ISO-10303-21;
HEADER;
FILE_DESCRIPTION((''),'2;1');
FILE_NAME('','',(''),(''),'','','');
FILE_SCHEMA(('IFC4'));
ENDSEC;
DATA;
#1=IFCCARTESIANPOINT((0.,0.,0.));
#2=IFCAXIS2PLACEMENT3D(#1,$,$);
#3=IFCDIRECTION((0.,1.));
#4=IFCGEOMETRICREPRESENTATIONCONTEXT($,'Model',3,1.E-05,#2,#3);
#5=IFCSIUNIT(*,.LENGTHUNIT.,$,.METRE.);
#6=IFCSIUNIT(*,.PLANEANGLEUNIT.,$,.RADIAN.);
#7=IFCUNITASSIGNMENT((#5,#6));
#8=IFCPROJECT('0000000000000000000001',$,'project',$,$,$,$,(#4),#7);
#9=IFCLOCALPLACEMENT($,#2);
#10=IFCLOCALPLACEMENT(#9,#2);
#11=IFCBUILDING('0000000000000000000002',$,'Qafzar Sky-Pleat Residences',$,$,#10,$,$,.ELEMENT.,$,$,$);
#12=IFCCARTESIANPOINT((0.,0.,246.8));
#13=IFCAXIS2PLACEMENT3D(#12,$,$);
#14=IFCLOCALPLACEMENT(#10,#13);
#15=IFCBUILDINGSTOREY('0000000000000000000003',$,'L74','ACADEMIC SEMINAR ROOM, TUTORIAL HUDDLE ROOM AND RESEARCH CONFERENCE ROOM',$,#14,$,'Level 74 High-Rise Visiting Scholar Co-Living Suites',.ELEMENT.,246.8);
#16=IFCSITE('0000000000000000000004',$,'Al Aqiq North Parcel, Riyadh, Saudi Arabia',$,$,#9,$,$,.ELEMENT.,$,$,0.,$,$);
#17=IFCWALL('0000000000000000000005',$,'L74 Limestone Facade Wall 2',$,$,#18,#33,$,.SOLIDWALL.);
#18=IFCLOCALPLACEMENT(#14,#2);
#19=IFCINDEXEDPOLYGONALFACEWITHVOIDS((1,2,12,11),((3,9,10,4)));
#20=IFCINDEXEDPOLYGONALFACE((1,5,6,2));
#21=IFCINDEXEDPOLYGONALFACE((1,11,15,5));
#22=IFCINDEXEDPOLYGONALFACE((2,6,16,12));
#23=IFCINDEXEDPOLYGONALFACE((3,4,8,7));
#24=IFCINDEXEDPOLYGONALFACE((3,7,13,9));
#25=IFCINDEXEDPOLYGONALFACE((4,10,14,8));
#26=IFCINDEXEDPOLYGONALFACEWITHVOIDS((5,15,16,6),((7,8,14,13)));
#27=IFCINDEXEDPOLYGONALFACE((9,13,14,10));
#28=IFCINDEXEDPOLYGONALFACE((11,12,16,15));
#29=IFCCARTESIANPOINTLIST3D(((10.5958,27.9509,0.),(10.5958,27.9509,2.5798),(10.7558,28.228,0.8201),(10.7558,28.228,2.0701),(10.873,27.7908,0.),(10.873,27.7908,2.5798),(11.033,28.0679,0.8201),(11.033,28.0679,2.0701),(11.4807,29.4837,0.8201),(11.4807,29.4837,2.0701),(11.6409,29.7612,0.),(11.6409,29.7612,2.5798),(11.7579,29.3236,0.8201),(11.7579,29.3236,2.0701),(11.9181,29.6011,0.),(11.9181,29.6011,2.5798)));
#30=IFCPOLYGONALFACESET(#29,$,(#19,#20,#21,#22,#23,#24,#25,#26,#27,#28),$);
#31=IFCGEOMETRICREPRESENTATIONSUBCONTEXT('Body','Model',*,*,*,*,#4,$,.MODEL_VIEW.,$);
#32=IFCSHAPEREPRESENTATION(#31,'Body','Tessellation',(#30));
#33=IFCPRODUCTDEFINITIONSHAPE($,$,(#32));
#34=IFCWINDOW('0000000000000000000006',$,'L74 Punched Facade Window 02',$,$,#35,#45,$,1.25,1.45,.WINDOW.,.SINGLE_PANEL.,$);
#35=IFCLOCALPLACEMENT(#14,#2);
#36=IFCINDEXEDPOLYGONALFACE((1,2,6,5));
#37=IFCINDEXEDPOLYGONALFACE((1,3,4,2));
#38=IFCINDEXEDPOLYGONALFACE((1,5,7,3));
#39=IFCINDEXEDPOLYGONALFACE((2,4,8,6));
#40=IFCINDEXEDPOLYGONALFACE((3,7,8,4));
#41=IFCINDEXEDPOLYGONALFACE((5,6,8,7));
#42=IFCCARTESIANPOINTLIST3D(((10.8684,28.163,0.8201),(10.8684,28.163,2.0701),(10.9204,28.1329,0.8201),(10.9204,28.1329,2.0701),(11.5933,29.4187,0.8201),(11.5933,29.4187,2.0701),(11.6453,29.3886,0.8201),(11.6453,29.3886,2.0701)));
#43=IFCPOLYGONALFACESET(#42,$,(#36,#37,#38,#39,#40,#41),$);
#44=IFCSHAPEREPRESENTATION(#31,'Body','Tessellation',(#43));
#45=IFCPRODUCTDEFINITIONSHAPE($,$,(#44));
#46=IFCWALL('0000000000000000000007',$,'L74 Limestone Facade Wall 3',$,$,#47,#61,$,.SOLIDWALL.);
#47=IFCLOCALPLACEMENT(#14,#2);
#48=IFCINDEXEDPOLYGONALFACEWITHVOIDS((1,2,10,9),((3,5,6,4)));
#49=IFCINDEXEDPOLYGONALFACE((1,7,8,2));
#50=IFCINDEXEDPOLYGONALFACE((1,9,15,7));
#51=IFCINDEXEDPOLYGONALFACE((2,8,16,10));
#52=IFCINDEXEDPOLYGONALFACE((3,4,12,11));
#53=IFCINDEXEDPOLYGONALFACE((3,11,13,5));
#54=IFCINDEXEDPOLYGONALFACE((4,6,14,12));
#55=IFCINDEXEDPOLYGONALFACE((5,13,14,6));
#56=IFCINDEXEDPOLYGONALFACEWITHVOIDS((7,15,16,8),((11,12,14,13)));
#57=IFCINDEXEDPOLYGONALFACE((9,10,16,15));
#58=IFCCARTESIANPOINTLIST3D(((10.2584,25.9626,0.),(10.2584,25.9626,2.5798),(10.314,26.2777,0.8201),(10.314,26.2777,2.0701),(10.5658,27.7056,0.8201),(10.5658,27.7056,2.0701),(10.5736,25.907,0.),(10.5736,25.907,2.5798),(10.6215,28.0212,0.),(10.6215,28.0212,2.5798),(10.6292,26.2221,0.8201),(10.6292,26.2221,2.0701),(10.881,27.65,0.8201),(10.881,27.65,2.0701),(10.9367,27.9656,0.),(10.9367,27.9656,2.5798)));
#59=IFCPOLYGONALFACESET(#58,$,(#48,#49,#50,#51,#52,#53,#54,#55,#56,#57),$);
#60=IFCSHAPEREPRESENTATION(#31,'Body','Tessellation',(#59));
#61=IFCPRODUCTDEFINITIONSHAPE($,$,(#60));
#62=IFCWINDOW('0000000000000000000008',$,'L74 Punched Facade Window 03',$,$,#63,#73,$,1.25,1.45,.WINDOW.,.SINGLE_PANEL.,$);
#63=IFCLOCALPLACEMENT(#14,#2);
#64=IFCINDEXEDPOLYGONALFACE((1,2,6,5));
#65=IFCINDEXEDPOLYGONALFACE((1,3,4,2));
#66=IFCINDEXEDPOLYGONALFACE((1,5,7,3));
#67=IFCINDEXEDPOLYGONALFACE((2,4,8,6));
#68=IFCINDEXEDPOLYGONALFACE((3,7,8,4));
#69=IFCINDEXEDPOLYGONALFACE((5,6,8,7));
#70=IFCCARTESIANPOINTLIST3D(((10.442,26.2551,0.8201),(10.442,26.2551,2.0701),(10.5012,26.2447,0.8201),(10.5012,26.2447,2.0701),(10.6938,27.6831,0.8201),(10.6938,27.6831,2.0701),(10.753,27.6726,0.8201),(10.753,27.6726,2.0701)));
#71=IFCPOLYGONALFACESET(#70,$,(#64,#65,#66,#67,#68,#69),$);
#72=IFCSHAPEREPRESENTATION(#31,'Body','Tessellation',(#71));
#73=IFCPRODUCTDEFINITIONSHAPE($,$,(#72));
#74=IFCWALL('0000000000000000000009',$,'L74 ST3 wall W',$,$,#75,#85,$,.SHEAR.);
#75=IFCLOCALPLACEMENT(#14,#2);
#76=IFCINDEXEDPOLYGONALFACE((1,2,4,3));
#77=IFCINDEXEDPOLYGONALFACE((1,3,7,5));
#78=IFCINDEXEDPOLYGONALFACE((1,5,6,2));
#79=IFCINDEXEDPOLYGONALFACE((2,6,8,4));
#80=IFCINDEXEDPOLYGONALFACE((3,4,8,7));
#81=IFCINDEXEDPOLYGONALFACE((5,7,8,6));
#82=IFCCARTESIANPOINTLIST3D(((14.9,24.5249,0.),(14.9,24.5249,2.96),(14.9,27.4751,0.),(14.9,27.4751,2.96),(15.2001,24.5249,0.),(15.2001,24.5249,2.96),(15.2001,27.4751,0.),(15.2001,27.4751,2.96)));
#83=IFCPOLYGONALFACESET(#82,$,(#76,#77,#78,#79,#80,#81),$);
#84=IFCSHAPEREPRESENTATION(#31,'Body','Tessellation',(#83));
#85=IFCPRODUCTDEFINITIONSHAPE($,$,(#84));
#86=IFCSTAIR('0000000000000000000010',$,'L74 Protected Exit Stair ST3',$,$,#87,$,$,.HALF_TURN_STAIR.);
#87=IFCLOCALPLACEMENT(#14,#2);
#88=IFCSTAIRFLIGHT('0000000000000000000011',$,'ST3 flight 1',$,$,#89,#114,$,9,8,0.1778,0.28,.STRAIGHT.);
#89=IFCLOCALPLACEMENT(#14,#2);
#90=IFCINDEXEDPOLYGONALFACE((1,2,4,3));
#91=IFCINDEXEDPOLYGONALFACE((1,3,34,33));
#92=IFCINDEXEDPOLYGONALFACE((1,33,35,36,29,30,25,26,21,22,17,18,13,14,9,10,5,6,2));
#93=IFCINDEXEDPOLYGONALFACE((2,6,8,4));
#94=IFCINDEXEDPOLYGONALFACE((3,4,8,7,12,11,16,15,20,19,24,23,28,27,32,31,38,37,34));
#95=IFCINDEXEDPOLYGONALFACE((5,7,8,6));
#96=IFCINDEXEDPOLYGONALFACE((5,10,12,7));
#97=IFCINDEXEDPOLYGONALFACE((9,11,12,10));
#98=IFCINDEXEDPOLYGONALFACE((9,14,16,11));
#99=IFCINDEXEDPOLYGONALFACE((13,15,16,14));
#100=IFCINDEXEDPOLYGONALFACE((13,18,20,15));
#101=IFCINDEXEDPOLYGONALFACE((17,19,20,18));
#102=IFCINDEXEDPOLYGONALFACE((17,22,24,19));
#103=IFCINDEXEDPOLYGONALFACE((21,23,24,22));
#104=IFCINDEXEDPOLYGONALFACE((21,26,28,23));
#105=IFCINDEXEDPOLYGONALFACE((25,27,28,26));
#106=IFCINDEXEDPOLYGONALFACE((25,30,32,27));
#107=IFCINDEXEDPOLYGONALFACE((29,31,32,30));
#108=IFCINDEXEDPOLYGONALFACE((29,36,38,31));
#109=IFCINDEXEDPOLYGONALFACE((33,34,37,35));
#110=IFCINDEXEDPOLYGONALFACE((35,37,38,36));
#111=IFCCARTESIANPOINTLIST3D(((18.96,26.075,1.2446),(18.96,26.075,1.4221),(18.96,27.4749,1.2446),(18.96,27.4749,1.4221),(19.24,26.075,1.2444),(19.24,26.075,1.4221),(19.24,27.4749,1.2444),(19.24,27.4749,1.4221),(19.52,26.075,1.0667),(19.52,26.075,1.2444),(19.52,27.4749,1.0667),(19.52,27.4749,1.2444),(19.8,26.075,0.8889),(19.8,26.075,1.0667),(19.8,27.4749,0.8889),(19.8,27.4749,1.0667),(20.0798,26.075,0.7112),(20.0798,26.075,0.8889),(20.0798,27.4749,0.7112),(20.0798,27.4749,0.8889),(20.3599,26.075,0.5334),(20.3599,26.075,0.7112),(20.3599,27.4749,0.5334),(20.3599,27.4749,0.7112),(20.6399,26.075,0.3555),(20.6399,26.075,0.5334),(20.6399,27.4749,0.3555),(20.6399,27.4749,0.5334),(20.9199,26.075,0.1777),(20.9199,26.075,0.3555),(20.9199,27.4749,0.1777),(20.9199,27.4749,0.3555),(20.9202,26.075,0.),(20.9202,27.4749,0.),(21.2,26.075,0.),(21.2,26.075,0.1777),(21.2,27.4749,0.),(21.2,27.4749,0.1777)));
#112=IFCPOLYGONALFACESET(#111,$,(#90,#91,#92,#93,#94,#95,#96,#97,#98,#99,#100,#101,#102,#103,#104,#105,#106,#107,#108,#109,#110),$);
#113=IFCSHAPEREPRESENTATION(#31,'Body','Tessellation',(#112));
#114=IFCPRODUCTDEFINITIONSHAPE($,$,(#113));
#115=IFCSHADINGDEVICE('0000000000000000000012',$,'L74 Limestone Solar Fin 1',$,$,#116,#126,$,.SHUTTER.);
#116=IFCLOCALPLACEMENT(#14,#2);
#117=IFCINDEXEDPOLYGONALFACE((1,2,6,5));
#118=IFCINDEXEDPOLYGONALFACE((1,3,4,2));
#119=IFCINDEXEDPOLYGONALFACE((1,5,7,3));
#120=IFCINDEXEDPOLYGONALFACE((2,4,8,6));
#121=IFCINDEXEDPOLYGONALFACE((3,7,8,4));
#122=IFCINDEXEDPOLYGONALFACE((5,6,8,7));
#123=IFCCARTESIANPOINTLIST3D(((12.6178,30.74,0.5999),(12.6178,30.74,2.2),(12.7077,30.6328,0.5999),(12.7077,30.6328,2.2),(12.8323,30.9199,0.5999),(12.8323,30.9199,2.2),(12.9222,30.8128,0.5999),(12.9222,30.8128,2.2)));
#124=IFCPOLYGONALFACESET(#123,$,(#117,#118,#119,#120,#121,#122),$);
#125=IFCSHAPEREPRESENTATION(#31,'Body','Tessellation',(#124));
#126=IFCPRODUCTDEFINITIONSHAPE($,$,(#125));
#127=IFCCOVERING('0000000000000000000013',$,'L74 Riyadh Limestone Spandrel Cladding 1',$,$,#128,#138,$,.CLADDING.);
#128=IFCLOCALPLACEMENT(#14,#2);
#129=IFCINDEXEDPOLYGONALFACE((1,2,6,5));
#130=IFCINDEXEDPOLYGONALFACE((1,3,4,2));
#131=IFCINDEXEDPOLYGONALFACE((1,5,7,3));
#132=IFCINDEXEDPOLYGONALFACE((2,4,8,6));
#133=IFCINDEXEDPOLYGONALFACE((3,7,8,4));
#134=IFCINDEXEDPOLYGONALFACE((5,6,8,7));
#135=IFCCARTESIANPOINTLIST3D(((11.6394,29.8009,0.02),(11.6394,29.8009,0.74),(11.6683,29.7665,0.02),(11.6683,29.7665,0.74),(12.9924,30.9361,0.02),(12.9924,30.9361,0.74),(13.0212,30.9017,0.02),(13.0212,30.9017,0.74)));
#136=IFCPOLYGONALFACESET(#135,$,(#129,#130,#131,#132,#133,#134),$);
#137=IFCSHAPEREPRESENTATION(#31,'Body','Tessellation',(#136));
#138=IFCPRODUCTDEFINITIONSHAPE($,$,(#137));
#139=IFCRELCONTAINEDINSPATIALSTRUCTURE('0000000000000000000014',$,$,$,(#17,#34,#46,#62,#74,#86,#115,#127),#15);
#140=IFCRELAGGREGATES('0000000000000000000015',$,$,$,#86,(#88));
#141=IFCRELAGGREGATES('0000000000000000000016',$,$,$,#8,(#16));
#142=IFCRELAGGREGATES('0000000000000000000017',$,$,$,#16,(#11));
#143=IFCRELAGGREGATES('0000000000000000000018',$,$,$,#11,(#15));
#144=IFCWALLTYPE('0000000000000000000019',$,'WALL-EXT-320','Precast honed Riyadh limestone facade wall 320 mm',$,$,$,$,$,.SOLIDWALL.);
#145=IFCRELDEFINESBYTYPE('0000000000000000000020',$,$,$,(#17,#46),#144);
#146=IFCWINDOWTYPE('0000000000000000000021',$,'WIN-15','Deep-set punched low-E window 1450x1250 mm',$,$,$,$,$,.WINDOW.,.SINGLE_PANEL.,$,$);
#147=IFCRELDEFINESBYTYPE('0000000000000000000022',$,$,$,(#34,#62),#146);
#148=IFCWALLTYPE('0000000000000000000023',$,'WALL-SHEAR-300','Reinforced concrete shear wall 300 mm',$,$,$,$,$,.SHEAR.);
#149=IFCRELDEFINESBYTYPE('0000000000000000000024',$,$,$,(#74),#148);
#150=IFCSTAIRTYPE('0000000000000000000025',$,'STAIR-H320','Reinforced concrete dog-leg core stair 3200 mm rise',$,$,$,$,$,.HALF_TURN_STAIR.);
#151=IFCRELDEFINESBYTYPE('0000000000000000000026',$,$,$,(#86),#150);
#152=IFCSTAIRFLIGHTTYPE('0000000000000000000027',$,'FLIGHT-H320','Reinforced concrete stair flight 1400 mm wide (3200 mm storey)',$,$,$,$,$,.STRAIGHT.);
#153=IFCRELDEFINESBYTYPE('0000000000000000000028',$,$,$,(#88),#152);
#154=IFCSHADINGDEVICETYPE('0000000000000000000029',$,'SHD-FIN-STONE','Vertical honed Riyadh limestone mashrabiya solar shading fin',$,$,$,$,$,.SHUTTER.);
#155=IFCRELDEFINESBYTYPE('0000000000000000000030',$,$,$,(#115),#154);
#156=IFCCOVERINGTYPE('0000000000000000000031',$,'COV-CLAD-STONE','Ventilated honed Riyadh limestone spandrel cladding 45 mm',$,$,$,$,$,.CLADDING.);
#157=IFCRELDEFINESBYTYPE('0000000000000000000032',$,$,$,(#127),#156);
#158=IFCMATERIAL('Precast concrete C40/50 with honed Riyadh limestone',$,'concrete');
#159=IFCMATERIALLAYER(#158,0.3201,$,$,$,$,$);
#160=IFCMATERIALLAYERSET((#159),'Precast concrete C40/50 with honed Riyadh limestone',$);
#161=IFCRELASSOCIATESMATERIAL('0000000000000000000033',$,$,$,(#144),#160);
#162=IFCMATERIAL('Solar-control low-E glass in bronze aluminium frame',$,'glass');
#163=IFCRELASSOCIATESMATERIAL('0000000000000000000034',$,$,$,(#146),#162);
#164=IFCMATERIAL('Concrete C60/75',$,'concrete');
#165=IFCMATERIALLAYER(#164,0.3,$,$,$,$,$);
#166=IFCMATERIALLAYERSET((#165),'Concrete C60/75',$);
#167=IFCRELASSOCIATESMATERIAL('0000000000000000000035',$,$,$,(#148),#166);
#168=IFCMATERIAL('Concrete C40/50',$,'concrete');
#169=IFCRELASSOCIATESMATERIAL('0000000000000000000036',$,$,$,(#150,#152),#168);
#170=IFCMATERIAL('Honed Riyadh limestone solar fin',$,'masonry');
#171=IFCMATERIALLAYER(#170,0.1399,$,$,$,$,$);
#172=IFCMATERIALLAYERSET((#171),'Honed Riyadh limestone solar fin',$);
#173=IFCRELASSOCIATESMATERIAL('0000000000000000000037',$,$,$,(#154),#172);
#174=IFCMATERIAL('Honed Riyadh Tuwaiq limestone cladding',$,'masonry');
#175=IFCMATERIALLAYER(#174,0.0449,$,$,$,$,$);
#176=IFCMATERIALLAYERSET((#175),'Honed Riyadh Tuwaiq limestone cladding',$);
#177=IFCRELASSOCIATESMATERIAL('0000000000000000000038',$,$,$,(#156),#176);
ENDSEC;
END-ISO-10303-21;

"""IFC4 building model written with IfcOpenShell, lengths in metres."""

from ifc_helpers import new_model, si_unit, direction, frame, frame_2d, origin, origin_2d, place, context, subcontext, project, spatial, polyline, rectangle, outline, extrude, source, transform, mapped, material, layer, layer_set, type_object, element, fill, aggregate, save


model = new_model("IFC4")

# Units and contexts
model_context = context("Model", 3, precision=1e-05, world=origin(), true_north=direction((0.0, 1.0)))
body_context = subcontext(model_context, "Body", "Model", "MODEL_VIEW")
ifc_project = project(units=[si_unit("LENGTHUNIT", "METRE"), si_unit("PLANEANGLEUNIT", "RADIAN")], contexts=[model_context])

# Site, building, storey
site_placement = place(None, origin())
site = spatial("IfcSite", under=ifc_project, at=site_placement, Name="Al Aqiq North Parcel, Riyadh, Saudi Arabia", CompositionType="ELEMENT", RefElevation=0.0)
building_placement = place(site_placement, origin())
building = spatial("IfcBuilding", under=site, at=building_placement, Name="Qafzar Sky-Pleat Residences", CompositionType="ELEMENT")
storey_placement = place(building_placement, frame((0.0, 0.0, 246.8)))
storey = spatial("IfcBuildingStorey", under=building, at=storey_placement, Name="L74", Description="ACADEMIC SEMINAR ROOM, TUTORIAL HUDDLE ROOM AND RESEARCH CONFERENCE ROOM", LongName="Level 74 High-Rise Visiting Scholar Co-Living Suites", CompositionType="ELEMENT", Elevation=246.8)

# Walls, openings, windows
ifc_material_1 = material(Name="Precast concrete C40/50 with honed Riyadh limestone", Category="concrete")
ifc_layer_1 = layer(ifc_material_1, 0.3201)
ifc_layer_set_1 = layer_set([ifc_layer_1], Name="Precast concrete C40/50 with honed Riyadh limestone")
wall_type_1 = type_object("IfcWallType", Name="WALL-EXT-320", Description="Precast honed Riyadh limestone facade wall 320 mm", PredefinedType="SOLIDWALL", material=ifc_layer_set_1)
ifc_material_2 = material(Name="Solar-control low-E glass in bronze aluminium frame", Category="glass")
wall_1_placement = place(storey_placement, frame((11.7795, 29.6812, 0.0), z_axis=(0.0, 0.0, 1.0), x_axis=(-0.499995, -0.866028, 0.0)))
wall_1 = element("IfcWall", 1, at=wall_1_placement, inside=storey, type_object=wall_type_1, Name="L74 Limestone Facade Wall 2", PredefinedType="SOLIDWALL", context=body_context, shape_type="SweptSolid", body=[
    extrude(rectangle(XDim=2.0903, YDim=0.3201, at=frame_2d((1.0452, 0.0))), origin(), (0.0, 0.0, 1.0), 2.5798),
])
opening_1_placement = place(wall_1_placement, frame((0.3203, 0.0, 0.8201)))
opening_1 = element("IfcOpeningElement", 2, at=opening_1_placement, cuts=wall_1, PredefinedType="OPENING", context=body_context, shape_type="SweptSolid", body=[
    extrude(rectangle(XDim=1.45, YDim=1.25, at=frame_2d((0.7251, 0.625))), frame((0.0, 0.1699, 0.0), z_axis=(0.0, -1.0, 0.0), x_axis=(1.0, 0.0, 0.0)), (0.0, 0.0, 1.0), 0.3401),
])
window_type_1 = type_object("IfcWindowType", Name="WIN-15", Description="Deep-set punched low-E window 1450x1250 mm", PartitioningType="SINGLE_PANEL", PredefinedType="WINDOW", material=ifc_material_2)
shared_shape_1 = source(origin(), body_context, "Body", "SweptSolid", [
    extrude(rectangle(XDim=1.45, YDim=1.25, at=frame_2d((0.7251, 0.625))), frame((0.0, 0.03, 0.0), z_axis=(0.0, -1.0, 0.0), x_axis=(1.0, 0.0, 0.0)), (0.0, 0.0, 1.0), 0.0601),
])
window_1_placement = place(opening_1_placement, origin())
window_1 = element("IfcWindow", 3, at=window_1_placement, inside=storey, type_object=window_type_1, Name="L74 Punched Facade Window 02", OverallHeight=1.25, OverallWidth=1.45, PartitioningType="SINGLE_PANEL", PredefinedType="WINDOW", context=body_context, shape_type="MappedRepresentation", body=[
    mapped(shared_shape_1, transform((0.0, 0.0, 0.0), x_axis=(1.0, 0.0, 0.0), y_axis=(0.0, 1.0, 0.0), z_axis=(0.0, 0.0, 1.0), scale=1.0)),
])
fill(opening_1, window_1)
wall_2_placement = place(storey_placement, frame((10.7791, 27.9934, 0.0), z_axis=(0.0, 0.0, 1.0), x_axis=(-0.173672, -0.984804, 0.0)))
wall_2 = element("IfcWall", 4, at=wall_2_placement, inside=storey, type_object=wall_type_1, Name="L74 Limestone Facade Wall 3", PredefinedType="SOLIDWALL", context=body_context, shape_type="SweptSolid", body=[
    extrude(rectangle(XDim=2.0903, YDim=0.3201, at=frame_2d((1.0452, 0.0))), origin(), (0.0, 0.0, 1.0), 2.5798),
])
opening_2_placement = place(wall_2_placement, frame((0.3203, 0.0, 0.8201)))
opening_2 = element("IfcOpeningElement", 5, at=opening_2_placement, cuts=wall_2, PredefinedType="OPENING", context=body_context, shape_type="SweptSolid", body=[
    extrude(rectangle(XDim=1.45, YDim=1.25, at=frame_2d((0.7251, 0.625))), frame((0.0, 0.1699, 0.0), z_axis=(0.0, -1.0, 0.0), x_axis=(1.0, 0.0, 0.0)), (0.0, 0.0, 1.0), 0.3401),
])
window_2_placement = place(opening_2_placement, origin())
window_2 = element("IfcWindow", 6, at=window_2_placement, inside=storey, type_object=window_type_1, Name="L74 Punched Facade Window 03", OverallHeight=1.25, OverallWidth=1.45, PartitioningType="SINGLE_PANEL", PredefinedType="WINDOW", context=body_context, shape_type="MappedRepresentation", body=[
    mapped(shared_shape_1, transform((0.0, 0.0, 0.0), x_axis=(1.0, 0.0, 0.0), y_axis=(0.0, 1.0, 0.0), z_axis=(0.0, 0.0, 1.0), scale=1.0)),
])
fill(opening_2, window_2)

# Wall
ifc_material_3 = material(Name="Concrete C60/75", Category="concrete")
ifc_layer_2 = layer(ifc_material_3, 0.3)
ifc_layer_set_2 = layer_set([ifc_layer_2], Name="Concrete C60/75")
wall_type_2 = type_object("IfcWallType", Name="WALL-SHEAR-300", Description="Reinforced concrete shear wall 300 mm", PredefinedType="SHEAR", material=ifc_layer_set_2)
wall_3_placement = place(storey_placement, frame((15.05, 27.4751, 0.0), z_axis=(0.0, 0.0, 1.0), x_axis=(0.0, -1.0, 0.0)))
element("IfcWall", 7, at=wall_3_placement, inside=storey, type_object=wall_type_2, Name="L74 ST3 wall W", PredefinedType="SHEAR", context=body_context, shape_type="SweptSolid", body=[
    extrude(rectangle(XDim=2.9502, YDim=0.3, at=frame_2d((1.4751, 0.0))), origin(), (0.0, 0.0, 1.0), 2.96),
])

# Stair, stair flight
ifc_material_4 = material(Name="Concrete C40/50", Category="concrete")
stair_type = type_object("IfcStairType", Name="STAIR-H320", Description="Reinforced concrete dog-leg core stair 3200 mm rise", PredefinedType="HALF_TURN_STAIR", material=ifc_material_4)
stair_placement = place(storey_placement, origin())
stair = element("IfcStair", 8, at=stair_placement, inside=storey, type_object=stair_type, Name="L74 Protected Exit Stair ST3", PredefinedType="HALF_TURN_STAIR")
stair_flight_type = type_object("IfcStairFlightType", Name="FLIGHT-H320", Description="Reinforced concrete stair flight 1400 mm wide (3200 mm storey)", PredefinedType="STRAIGHT", material=ifc_material_4)
shared_shape_2 = source(origin(), body_context, "Body", "SweptSolid", [
    extrude(outline(polyline([(0.0, 0.0), (0.0, 0.1777), (0.28, 0.1777), (0.28, 0.3555), (0.5601, 0.3555), (0.5601, 0.5334), (0.8401, 0.5334), (0.8401, 0.7112), (1.1201, 0.7112), (1.1201, 0.8889), (1.3999, 0.8889), (1.3999, 1.0667), (1.6799, 1.0667), (1.6799, 1.2444), (1.96, 1.2444), (1.96, 1.4221), (2.24, 1.4221), (2.24, 1.6001), (2.24, 1.2446), (0.2798, 0.0), (0.0, 0.0)])), frame((0.0, 0.7, 0.0), z_axis=(0.0, -1.0, 0.0), x_axis=(1.0, 0.0, 0.0)), (0.0, 0.0, 1.0), 1.3999),
])
stair_flight_placement = place(storey_placement, frame((21.2, 26.7749, 0.0), z_axis=(0.0, 0.0, 1.0), x_axis=(-1.0, 0.0, 0.0)))
stair_flight = element("IfcStairFlight", 9, at=stair_flight_placement, type_object=stair_flight_type, Name="ST3 flight 1", NumberOfRisers=9, NumberOfTreads=8, PredefinedType="STRAIGHT", RiserHeight=0.1778, TreadLength=0.28, context=body_context, shape_type="MappedRepresentation", body=[
    mapped(shared_shape_2, transform((0.0, 0.0, 0.0), x_axis=(1.0, 0.0, 0.0), y_axis=(0.0, 1.0, 0.0), z_axis=(0.0, 0.0, 1.0), scale=1.0)),
])
aggregate(stair, [stair_flight])

# Shading device
ifc_material_5 = material(Name="Honed Riyadh limestone solar fin", Category="masonry")
ifc_layer_3 = layer(ifc_material_5, 0.1399)
ifc_layer_set_3 = layer_set([ifc_layer_3], Name="Honed Riyadh limestone solar fin")
shading_device_type = type_object("IfcShadingDeviceType", Name="SHD-FIN-STONE", Description="Vertical honed Riyadh limestone mashrabiya solar shading fin", PredefinedType="SHUTTER", material=ifc_layer_set_3)
shared_shape_3 = source(origin(), body_context, "Body", "SweptSolid", [
    extrude(rectangle(XDim=0.1399, YDim=0.28, at=origin_2d()), origin(), (0.0, 0.0, 1.0), 1.6001),
])
shading_device_placement = place(storey_placement, frame((12.77, 30.7764, 0.5999), z_axis=(0.0, 0.0, 1.0), x_axis=(-0.642754, 0.766072, 0.0)))
element("IfcShadingDevice", 10, at=shading_device_placement, inside=storey, type_object=shading_device_type, Name="L74 Limestone Solar Fin 1", PredefinedType="SHUTTER", context=body_context, shape_type="MappedRepresentation", body=[
    mapped(shared_shape_3, transform((0.0, 0.0, 0.0), x_axis=(1.0, 0.0, 0.0), y_axis=(0.0, 1.0, 0.0), z_axis=(0.0, 0.0, 1.0), scale=1.0)),
])

# Covering
ifc_material_6 = material(Name="Honed Riyadh Tuwaiq limestone cladding", Category="masonry")
ifc_layer_4 = layer(ifc_material_6, 0.0449)
ifc_layer_set_4 = layer_set([ifc_layer_4], Name="Honed Riyadh Tuwaiq limestone cladding")
covering_type = type_object("IfcCoveringType", Name="COV-CLAD-STONE", Description="Ventilated honed Riyadh limestone spandrel cladding 45 mm", PredefinedType="CLADDING", material=ifc_layer_set_4)
shared_shape_4 = source(origin(), body_context, "Body", "SweptSolid", [
    extrude(rectangle(XDim=1.7661, YDim=0.0449, at=origin_2d()), origin(), (0.0, 0.0, 1.0), 0.72),
])
covering_placement = place(storey_placement, frame((12.3303, 30.3513, 0.02), z_axis=(0.0, 0.0, 1.0), x_axis=(-0.766074, -0.642752, 0.0)))
element("IfcCovering", 11, at=covering_placement, inside=storey, type_object=covering_type, Name="L74 Riyadh Limestone Spandrel Cladding 1", PredefinedType="CLADDING", context=body_context, shape_type="MappedRepresentation", body=[
    mapped(shared_shape_4, transform((0.0, 0.0, 0.0), x_axis=(1.0, 0.0, 0.0), y_axis=(0.0, 1.0, 0.0), z_axis=(0.0, 0.0, 1.0), scale=1.0)),
])

save(model, "model.ifc")
